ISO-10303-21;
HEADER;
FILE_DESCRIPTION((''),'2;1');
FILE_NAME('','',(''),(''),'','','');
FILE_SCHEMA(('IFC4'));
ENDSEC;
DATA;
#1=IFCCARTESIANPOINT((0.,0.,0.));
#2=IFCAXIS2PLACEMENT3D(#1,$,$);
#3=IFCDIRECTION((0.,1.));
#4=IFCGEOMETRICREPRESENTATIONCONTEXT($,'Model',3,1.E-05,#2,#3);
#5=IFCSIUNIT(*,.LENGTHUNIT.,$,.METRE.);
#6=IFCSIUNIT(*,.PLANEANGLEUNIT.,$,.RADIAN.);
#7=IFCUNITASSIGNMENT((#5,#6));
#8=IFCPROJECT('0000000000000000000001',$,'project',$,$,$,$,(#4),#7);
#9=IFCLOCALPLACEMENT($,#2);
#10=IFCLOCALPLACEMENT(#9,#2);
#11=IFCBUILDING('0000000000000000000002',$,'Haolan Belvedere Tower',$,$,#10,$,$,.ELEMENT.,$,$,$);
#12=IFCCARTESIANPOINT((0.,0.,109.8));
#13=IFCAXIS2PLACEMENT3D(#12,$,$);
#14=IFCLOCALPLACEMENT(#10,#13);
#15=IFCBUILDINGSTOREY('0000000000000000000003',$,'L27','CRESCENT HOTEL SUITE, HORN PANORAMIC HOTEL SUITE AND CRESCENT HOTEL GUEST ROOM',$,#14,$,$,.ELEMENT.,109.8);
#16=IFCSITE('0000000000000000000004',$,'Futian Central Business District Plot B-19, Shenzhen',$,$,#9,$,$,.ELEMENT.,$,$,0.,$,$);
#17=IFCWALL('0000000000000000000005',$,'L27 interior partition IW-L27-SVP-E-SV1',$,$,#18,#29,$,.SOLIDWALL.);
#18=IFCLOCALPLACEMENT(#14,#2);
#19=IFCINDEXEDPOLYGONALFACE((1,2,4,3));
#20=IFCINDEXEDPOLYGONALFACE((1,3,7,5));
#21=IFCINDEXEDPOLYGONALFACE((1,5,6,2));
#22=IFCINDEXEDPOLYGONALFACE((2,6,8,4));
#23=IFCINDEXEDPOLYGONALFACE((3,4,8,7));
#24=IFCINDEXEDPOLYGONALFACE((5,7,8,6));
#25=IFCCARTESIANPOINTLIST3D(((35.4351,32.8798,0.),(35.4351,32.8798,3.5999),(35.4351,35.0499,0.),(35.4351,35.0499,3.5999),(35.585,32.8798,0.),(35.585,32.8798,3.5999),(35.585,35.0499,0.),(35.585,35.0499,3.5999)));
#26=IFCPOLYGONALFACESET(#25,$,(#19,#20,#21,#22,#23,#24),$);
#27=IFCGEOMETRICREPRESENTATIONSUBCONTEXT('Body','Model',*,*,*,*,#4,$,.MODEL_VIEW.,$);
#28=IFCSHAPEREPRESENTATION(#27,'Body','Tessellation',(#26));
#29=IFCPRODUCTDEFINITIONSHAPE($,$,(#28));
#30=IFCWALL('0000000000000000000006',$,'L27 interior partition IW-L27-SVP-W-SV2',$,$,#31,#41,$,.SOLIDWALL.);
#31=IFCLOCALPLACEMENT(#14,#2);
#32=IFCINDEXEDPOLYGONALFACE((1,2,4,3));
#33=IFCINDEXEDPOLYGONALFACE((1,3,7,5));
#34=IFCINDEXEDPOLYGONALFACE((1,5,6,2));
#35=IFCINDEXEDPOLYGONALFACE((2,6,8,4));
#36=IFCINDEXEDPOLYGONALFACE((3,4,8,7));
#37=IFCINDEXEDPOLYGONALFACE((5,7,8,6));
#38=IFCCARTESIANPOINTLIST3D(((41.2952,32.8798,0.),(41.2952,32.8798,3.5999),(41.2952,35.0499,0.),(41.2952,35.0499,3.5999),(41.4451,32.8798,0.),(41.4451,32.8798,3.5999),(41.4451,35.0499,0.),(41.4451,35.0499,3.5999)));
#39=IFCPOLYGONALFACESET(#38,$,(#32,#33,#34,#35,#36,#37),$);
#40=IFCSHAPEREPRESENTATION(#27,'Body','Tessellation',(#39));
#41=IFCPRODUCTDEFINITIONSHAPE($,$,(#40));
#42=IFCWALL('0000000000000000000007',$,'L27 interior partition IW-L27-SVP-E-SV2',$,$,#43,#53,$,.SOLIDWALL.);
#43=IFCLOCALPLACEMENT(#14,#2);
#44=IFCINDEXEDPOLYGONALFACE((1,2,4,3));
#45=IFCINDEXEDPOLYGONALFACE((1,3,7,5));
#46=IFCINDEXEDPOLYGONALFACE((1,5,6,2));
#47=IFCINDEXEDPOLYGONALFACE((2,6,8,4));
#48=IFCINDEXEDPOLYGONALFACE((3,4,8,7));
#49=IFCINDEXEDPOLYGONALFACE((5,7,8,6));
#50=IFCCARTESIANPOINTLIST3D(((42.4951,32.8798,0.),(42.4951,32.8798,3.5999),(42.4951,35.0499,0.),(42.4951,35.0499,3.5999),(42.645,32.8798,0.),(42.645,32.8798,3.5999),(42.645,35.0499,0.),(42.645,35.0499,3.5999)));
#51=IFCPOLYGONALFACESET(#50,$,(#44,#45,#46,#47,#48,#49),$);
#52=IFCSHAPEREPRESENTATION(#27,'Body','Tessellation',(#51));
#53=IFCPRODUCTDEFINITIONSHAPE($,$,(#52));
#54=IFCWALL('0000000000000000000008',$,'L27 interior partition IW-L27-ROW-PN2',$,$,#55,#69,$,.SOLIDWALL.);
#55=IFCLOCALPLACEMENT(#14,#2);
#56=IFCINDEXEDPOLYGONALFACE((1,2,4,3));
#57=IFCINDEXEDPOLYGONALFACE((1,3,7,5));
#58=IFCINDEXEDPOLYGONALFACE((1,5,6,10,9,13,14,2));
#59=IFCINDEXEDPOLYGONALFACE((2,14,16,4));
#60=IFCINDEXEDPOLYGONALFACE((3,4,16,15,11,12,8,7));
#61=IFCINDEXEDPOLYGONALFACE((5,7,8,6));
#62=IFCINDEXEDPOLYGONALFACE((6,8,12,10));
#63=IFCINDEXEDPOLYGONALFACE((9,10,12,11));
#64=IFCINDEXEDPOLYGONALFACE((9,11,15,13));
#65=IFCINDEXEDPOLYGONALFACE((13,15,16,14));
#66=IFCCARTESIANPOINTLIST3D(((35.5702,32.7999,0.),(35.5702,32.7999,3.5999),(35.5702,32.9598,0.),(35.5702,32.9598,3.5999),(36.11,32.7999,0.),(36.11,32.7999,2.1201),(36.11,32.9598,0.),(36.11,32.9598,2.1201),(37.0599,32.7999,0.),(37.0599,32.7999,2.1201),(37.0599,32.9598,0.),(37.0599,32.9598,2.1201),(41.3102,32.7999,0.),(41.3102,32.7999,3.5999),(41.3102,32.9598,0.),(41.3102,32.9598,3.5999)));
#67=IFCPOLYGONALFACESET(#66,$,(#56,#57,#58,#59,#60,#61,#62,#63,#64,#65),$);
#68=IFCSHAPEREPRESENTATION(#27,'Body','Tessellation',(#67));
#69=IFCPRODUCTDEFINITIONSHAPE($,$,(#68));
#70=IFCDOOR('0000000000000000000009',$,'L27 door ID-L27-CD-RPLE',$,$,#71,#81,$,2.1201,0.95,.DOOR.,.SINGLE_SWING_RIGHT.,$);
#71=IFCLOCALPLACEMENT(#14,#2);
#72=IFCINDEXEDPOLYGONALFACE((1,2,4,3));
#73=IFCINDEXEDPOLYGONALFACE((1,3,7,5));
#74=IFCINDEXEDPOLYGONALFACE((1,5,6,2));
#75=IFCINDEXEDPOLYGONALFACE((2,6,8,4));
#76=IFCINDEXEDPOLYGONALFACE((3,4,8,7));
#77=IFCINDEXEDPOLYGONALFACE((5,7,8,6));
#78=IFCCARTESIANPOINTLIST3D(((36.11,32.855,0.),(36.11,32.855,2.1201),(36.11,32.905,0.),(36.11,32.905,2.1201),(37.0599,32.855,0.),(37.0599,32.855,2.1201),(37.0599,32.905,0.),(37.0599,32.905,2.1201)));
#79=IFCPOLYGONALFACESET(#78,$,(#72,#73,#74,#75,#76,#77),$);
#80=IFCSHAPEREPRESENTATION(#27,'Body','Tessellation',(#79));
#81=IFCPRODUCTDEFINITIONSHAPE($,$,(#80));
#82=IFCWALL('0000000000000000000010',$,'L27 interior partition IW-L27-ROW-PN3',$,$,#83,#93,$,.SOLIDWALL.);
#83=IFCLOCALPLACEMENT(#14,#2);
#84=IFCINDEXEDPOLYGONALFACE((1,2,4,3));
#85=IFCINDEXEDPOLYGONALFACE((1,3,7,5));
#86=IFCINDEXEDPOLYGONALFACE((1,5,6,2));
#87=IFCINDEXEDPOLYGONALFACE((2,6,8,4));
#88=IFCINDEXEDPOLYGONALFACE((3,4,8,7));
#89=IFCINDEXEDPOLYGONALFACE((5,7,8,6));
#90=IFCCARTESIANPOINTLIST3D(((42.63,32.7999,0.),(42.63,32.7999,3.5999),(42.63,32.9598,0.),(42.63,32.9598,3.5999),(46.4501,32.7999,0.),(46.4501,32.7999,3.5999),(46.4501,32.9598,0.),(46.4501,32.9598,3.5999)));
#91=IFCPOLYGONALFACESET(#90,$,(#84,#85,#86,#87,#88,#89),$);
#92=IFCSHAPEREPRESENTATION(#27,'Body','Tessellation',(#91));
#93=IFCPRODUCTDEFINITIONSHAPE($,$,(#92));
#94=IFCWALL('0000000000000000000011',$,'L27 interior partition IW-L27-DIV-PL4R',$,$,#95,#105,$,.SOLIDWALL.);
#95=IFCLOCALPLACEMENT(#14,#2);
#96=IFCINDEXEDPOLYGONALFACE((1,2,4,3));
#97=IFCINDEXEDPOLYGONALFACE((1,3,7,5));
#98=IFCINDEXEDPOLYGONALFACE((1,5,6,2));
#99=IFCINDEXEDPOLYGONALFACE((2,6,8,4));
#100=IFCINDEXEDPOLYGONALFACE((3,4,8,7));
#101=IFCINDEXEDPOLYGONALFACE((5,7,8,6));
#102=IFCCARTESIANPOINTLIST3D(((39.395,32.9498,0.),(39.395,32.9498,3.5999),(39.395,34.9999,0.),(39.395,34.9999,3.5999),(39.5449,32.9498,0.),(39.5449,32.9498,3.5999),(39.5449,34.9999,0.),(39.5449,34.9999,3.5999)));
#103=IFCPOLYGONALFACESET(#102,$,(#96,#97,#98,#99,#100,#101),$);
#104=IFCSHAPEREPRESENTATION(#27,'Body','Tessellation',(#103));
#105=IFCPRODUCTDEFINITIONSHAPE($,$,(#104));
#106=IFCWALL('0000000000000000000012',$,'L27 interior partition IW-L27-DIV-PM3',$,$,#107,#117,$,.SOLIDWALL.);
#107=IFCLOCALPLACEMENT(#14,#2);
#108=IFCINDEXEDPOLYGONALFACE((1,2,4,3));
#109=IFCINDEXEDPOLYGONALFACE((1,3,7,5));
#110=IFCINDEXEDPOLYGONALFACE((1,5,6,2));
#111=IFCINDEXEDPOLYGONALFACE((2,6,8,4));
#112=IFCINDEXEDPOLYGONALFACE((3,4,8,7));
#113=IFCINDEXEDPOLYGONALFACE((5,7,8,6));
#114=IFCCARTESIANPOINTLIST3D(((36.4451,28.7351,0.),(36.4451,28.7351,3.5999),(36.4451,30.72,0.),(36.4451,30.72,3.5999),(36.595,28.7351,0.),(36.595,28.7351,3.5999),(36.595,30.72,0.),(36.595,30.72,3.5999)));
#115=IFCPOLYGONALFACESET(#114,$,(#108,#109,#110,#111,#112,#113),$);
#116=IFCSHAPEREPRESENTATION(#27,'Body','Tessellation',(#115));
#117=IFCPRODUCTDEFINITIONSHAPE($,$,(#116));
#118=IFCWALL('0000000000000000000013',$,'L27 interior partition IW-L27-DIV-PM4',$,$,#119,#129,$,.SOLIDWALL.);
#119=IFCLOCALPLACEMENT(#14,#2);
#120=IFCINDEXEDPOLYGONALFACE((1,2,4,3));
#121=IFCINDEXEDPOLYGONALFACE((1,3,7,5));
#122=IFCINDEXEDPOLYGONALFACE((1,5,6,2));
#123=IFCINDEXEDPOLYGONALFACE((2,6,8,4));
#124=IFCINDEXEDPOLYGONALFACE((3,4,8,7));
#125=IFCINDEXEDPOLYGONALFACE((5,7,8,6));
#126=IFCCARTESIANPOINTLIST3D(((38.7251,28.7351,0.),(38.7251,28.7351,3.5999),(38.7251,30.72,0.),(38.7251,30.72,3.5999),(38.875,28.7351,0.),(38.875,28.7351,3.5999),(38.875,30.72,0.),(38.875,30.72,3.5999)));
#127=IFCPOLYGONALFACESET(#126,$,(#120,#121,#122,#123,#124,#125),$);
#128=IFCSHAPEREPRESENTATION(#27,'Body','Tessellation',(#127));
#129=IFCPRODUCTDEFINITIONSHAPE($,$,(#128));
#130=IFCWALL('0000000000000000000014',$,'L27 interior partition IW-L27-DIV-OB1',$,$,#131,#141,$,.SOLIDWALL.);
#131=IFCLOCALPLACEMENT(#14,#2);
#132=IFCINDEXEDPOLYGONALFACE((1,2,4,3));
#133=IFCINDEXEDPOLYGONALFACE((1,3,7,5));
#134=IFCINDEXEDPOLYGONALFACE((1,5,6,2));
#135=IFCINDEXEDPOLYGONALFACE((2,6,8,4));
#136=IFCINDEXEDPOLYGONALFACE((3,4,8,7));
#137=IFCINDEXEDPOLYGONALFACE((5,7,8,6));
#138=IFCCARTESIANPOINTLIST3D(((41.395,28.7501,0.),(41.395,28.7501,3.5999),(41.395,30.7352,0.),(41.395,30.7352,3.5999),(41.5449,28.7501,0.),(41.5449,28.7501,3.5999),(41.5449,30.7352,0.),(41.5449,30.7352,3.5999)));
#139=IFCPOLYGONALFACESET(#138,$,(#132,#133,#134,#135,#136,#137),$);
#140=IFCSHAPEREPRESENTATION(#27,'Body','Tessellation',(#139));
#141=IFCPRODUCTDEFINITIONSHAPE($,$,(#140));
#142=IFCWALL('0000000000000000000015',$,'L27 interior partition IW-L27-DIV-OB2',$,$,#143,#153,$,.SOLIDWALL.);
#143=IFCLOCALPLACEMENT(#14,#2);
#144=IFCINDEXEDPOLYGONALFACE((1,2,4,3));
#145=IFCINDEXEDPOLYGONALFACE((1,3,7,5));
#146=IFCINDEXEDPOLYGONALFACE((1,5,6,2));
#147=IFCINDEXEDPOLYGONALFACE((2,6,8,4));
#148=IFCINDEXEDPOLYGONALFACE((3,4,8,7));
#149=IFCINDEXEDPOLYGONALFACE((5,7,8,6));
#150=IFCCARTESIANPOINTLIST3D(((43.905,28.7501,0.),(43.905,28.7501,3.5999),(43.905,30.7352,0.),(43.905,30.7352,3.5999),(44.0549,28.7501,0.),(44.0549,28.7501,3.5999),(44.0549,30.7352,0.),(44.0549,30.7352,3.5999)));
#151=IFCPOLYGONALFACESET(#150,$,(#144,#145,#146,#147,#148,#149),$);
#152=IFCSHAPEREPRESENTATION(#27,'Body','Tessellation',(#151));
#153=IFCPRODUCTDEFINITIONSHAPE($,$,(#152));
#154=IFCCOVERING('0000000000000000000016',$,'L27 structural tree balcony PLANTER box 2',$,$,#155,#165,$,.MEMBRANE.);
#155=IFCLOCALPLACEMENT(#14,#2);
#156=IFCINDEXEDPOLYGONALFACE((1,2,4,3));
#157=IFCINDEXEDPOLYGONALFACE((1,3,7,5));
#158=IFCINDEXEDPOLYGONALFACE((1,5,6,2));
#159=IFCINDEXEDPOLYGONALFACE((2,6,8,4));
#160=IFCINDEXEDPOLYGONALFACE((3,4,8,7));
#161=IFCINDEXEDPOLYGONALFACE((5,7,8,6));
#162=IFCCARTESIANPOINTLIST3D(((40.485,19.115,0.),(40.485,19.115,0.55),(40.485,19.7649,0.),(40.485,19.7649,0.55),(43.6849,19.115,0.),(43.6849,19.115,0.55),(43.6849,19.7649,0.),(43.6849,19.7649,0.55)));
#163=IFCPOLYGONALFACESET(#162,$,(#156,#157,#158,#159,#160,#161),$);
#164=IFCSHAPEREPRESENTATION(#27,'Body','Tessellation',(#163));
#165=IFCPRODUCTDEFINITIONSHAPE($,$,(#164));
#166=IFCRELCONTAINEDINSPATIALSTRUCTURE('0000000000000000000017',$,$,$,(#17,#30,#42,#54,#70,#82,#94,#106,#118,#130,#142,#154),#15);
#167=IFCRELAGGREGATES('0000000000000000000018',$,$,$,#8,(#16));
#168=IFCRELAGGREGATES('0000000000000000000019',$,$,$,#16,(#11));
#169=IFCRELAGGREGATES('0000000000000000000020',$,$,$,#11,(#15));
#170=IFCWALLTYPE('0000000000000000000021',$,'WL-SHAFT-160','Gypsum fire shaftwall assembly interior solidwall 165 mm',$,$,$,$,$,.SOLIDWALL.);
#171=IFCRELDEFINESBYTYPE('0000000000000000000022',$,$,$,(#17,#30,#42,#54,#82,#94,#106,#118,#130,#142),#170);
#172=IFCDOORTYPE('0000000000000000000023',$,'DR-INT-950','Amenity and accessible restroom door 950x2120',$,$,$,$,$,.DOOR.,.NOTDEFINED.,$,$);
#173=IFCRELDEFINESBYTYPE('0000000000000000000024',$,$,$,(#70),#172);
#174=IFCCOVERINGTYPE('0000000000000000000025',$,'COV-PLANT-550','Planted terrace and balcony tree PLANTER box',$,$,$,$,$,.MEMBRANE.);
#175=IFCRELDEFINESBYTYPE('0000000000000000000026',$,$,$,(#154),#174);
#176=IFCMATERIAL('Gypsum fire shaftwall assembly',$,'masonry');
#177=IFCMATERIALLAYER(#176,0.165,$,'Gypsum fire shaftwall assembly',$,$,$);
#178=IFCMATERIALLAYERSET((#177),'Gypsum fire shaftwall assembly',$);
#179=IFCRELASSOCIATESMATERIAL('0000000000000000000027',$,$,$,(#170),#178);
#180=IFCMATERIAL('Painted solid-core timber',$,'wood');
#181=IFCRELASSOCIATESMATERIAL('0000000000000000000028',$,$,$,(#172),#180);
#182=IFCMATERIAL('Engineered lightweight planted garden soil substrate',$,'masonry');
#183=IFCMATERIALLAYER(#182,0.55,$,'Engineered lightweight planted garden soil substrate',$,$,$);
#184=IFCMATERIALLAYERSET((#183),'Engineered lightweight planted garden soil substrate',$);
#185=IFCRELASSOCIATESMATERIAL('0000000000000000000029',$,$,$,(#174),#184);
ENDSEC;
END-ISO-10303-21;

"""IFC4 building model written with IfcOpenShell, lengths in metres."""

from ifc_helpers import new_model, si_unit, direction, frame, frame_2d, origin, origin_2d, place, context, subcontext, project, spatial, rectangle, extrude, material, layer, layer_set, type_object, element, fill, save


model = new_model("IFC4")

# Units and contexts
model_context = context("Model", 3, precision=1e-05, world=origin(), true_north=direction((0.0, 1.0)))
body_context = subcontext(model_context, "Body", "Model", "MODEL_VIEW")
ifc_project = project(units=[si_unit("LENGTHUNIT", "METRE"), si_unit("PLANEANGLEUNIT", "RADIAN")], contexts=[model_context])

# Site, building, storey
site_placement = place(None, origin())
site = spatial("IfcSite", under=ifc_project, at=site_placement, Name="Futian Central Business District Plot B-19, Shenzhen", CompositionType="ELEMENT", RefElevation=0.0)
building_placement = place(site_placement, origin())
building = spatial("IfcBuilding", under=site, at=building_placement, Name="Haolan Belvedere Tower", CompositionType="ELEMENT")
storey_placement = place(building_placement, frame((0.0, 0.0, 109.8)))
storey = spatial("IfcBuildingStorey", under=building, at=storey_placement, Name="L27", Description="CRESCENT HOTEL SUITE, HORN PANORAMIC HOTEL SUITE AND CRESCENT HOTEL GUEST ROOM", CompositionType="ELEMENT", Elevation=109.8)

# Walls
ifc_material_1 = material(Name="Gypsum fire shaftwall assembly", Category="masonry")
ifc_layer_1 = layer(ifc_material_1, 0.165, Name="Gypsum fire shaftwall assembly")
ifc_layer_set_1 = layer_set([ifc_layer_1], Name="Gypsum fire shaftwall assembly")
wall_type_1 = type_object("IfcWallType", Name="WL-SHAFT-160", Description="Gypsum fire shaftwall assembly interior solidwall 165 mm", PredefinedType="SOLIDWALL", material=ifc_layer_set_1)
for number, where, z_axis, x_axis, name in (
    (1, (35.51, 32.8799, 0.0), (0.0, 0.0, 1.0), (0.0, 1.0, 0.0), "L27 interior partition IW-L27-SVP-E-SV1"),
    (2, (41.3701, 32.8799, 0.0), (0.0, 0.0, 1.0), (0.0, 1.0, 0.0), "L27 interior partition IW-L27-SVP-W-SV2"),
    (3, (42.5701, 32.8799, 0.0), (0.0, 0.0, 1.0), (0.0, 1.0, 0.0), "L27 interior partition IW-L27-SVP-E-SV2"),
):
    element("IfcWall", number, at=place(storey_placement, frame(where, z_axis=z_axis, x_axis=x_axis)), inside=storey, type_object=wall_type_1, Name=name, PredefinedType="SOLIDWALL", context=body_context, shape_type="SweptSolid", body=[
        extrude(rectangle(XDim=2.1702, YDim=0.1499, at=frame_2d((1.085, 0.0))), origin(), (0.0, 0.0, 1.0), 3.5999),
    ])

# Wall, opening, door
wall_1_placement = place(storey_placement, frame((35.5701, 32.8799, 0.0), z_axis=(0.0, 0.0, 1.0), x_axis=(1.0, 0.0, 0.0)))
wall_1 = element("IfcWall", 4, at=wall_1_placement, inside=storey, type_object=wall_type_1, Name="L27 interior partition IW-L27-ROW-PN2", PredefinedType="SOLIDWALL", context=body_context, shape_type="SweptSolid", body=[
    extrude(rectangle(XDim=5.74, YDim=0.1599, at=frame_2d((2.8701, 0.0))), origin(), (0.0, 0.0, 1.0), 3.5999),
])
opening_placement = place(wall_1_placement, frame((1.49, 0.0, 0.0), z_axis=(0.0, 0.0, 1.0), x_axis=(-1.0, 0.0, 0.0)))
opening = element("IfcOpeningElement", 5, at=opening_placement, cuts=wall_1, PredefinedType="OPENING", context=body_context, shape_type="SweptSolid", body=[
    extrude(rectangle(XDim=0.95, YDim=2.1201, at=frame_2d((0.4751, 1.0601))), frame((0.0, 0.0898, 0.0), z_axis=(0.0, -1.0, 0.0), x_axis=(1.0, 0.0, 0.0)), (0.0, 0.0, 1.0), 0.1799),
])
ifc_material_2 = material(Name="Painted solid-core timber", Category="wood")
door_type = type_object("IfcDoorType", Name="DR-INT-950", Description="Amenity and accessible restroom door 950x2120", OperationType="NOTDEFINED", PredefinedType="DOOR", material=ifc_material_2)
door_placement = place(opening_placement, origin())
door = element("IfcDoor", 6, at=door_placement, inside=storey, type_object=door_type, Name="L27 door ID-L27-CD-RPLE", OperationType="SINGLE_SWING_RIGHT", OverallHeight=2.1201, OverallWidth=0.95, PredefinedType="DOOR", context=body_context, shape_type="SweptSolid", body=[
    extrude(rectangle(XDim=0.95, YDim=2.1201, at=frame_2d((0.4751, 1.0601))), frame((0.0, 0.0249, 0.0), z_axis=(0.0, -1.0, 0.0), x_axis=(1.0, 0.0, 0.0)), (0.0, 0.0, 1.0), 0.05),
])
fill(opening, door)

# Walls
wall_2_placement = place(storey_placement, frame((42.6299, 32.8799, 0.0), z_axis=(0.0, 0.0, 1.0), x_axis=(1.0, 0.0, 0.0)))
element("IfcWall", 7, at=wall_2_placement, inside=storey, type_object=wall_type_1, Name="L27 interior partition IW-L27-ROW-PN3", PredefinedType="SOLIDWALL", context=body_context, shape_type="SweptSolid", body=[
    extrude(rectangle(XDim=3.8201, YDim=0.1599, at=frame_2d((1.9102, 0.0))), origin(), (0.0, 0.0, 1.0), 3.5999),
])
wall_3_placement = place(storey_placement, frame((39.47, 32.95, 0.0), z_axis=(0.0, 0.0, 1.0), x_axis=(0.0, 1.0, 0.0)))
element("IfcWall", 8, at=wall_3_placement, inside=storey, type_object=wall_type_1, Name="L27 interior partition IW-L27-DIV-PL4R", PredefinedType="SOLIDWALL", context=body_context, shape_type="SweptSolid", body=[
    extrude(rectangle(XDim=2.05, YDim=0.1499, at=frame_2d((1.0249, 0.0))), origin(), (0.0, 0.0, 1.0), 3.5999),
])
for number, where, z_axis, x_axis, name in (
    (9, (36.52, 28.7351, 0.0), (0.0, 0.0, 1.0), (0.0, 1.0, 0.0), "L27 interior partition IW-L27-DIV-PM3"),
    (10, (38.8, 28.7351, 0.0), (0.0, 0.0, 1.0), (0.0, 1.0, 0.0), "L27 interior partition IW-L27-DIV-PM4"),
):
    element("IfcWall", number, at=place(storey_placement, frame(where, z_axis=z_axis, x_axis=x_axis)), inside=storey, type_object=wall_type_1, Name=name, PredefinedType="SOLIDWALL", context=body_context, shape_type="SweptSolid", body=[
        extrude(rectangle(XDim=1.9849, YDim=0.1499, at=frame_2d((0.9924, 0.0))), origin(), (0.0, 0.0, 1.0), 3.5999),
    ])
for number, where, z_axis, x_axis, name in (
    (11, (41.47, 28.75, 0.0), (0.0, 0.0, 1.0), (0.0, 1.0, 0.0), "L27 interior partition IW-L27-DIV-OB1"),
    (12, (43.98, 28.75, 0.0), (0.0, 0.0, 1.0), (0.0, 1.0, 0.0), "L27 interior partition IW-L27-DIV-OB2"),
):
    element("IfcWall", number, at=place(storey_placement, frame(where, z_axis=z_axis, x_axis=x_axis)), inside=storey, type_object=wall_type_1, Name=name, PredefinedType="SOLIDWALL", context=body_context, shape_type="SweptSolid", body=[
        extrude(rectangle(XDim=1.9851, YDim=0.1499, at=frame_2d((0.9927, 0.0))), origin(), (0.0, 0.0, 1.0), 3.5999),
    ])

# Covering
ifc_material_3 = material(Name="Engineered lightweight planted garden soil substrate", Category="masonry")
ifc_layer_2 = layer(ifc_material_3, 0.55, Name="Engineered lightweight planted garden soil substrate")
ifc_layer_set_2 = layer_set([ifc_layer_2], Name="Engineered lightweight planted garden soil substrate")
covering_type = type_object("IfcCoveringType", Name="COV-PLANT-550", Description="Planted terrace and balcony tree PLANTER box", PredefinedType="MEMBRANE", material=ifc_layer_set_2)
covering_placement = place(storey_placement, frame((42.085, 19.4399, 0.0), z_axis=(0.0, 0.0, 1.0), x_axis=(1.0, 0.0, 0.0)))
element("IfcCovering", 13, at=covering_placement, inside=storey, type_object=covering_type, Name="L27 structural tree balcony PLANTER box 2", PredefinedType="MEMBRANE", context=body_context, shape_type="SweptSolid", body=[
    extrude(rectangle(XDim=3.2, YDim=0.6499, at=origin_2d()), origin(), (0.0, 0.0, 1.0), 0.55),
])

save(model, "model.ifc")
